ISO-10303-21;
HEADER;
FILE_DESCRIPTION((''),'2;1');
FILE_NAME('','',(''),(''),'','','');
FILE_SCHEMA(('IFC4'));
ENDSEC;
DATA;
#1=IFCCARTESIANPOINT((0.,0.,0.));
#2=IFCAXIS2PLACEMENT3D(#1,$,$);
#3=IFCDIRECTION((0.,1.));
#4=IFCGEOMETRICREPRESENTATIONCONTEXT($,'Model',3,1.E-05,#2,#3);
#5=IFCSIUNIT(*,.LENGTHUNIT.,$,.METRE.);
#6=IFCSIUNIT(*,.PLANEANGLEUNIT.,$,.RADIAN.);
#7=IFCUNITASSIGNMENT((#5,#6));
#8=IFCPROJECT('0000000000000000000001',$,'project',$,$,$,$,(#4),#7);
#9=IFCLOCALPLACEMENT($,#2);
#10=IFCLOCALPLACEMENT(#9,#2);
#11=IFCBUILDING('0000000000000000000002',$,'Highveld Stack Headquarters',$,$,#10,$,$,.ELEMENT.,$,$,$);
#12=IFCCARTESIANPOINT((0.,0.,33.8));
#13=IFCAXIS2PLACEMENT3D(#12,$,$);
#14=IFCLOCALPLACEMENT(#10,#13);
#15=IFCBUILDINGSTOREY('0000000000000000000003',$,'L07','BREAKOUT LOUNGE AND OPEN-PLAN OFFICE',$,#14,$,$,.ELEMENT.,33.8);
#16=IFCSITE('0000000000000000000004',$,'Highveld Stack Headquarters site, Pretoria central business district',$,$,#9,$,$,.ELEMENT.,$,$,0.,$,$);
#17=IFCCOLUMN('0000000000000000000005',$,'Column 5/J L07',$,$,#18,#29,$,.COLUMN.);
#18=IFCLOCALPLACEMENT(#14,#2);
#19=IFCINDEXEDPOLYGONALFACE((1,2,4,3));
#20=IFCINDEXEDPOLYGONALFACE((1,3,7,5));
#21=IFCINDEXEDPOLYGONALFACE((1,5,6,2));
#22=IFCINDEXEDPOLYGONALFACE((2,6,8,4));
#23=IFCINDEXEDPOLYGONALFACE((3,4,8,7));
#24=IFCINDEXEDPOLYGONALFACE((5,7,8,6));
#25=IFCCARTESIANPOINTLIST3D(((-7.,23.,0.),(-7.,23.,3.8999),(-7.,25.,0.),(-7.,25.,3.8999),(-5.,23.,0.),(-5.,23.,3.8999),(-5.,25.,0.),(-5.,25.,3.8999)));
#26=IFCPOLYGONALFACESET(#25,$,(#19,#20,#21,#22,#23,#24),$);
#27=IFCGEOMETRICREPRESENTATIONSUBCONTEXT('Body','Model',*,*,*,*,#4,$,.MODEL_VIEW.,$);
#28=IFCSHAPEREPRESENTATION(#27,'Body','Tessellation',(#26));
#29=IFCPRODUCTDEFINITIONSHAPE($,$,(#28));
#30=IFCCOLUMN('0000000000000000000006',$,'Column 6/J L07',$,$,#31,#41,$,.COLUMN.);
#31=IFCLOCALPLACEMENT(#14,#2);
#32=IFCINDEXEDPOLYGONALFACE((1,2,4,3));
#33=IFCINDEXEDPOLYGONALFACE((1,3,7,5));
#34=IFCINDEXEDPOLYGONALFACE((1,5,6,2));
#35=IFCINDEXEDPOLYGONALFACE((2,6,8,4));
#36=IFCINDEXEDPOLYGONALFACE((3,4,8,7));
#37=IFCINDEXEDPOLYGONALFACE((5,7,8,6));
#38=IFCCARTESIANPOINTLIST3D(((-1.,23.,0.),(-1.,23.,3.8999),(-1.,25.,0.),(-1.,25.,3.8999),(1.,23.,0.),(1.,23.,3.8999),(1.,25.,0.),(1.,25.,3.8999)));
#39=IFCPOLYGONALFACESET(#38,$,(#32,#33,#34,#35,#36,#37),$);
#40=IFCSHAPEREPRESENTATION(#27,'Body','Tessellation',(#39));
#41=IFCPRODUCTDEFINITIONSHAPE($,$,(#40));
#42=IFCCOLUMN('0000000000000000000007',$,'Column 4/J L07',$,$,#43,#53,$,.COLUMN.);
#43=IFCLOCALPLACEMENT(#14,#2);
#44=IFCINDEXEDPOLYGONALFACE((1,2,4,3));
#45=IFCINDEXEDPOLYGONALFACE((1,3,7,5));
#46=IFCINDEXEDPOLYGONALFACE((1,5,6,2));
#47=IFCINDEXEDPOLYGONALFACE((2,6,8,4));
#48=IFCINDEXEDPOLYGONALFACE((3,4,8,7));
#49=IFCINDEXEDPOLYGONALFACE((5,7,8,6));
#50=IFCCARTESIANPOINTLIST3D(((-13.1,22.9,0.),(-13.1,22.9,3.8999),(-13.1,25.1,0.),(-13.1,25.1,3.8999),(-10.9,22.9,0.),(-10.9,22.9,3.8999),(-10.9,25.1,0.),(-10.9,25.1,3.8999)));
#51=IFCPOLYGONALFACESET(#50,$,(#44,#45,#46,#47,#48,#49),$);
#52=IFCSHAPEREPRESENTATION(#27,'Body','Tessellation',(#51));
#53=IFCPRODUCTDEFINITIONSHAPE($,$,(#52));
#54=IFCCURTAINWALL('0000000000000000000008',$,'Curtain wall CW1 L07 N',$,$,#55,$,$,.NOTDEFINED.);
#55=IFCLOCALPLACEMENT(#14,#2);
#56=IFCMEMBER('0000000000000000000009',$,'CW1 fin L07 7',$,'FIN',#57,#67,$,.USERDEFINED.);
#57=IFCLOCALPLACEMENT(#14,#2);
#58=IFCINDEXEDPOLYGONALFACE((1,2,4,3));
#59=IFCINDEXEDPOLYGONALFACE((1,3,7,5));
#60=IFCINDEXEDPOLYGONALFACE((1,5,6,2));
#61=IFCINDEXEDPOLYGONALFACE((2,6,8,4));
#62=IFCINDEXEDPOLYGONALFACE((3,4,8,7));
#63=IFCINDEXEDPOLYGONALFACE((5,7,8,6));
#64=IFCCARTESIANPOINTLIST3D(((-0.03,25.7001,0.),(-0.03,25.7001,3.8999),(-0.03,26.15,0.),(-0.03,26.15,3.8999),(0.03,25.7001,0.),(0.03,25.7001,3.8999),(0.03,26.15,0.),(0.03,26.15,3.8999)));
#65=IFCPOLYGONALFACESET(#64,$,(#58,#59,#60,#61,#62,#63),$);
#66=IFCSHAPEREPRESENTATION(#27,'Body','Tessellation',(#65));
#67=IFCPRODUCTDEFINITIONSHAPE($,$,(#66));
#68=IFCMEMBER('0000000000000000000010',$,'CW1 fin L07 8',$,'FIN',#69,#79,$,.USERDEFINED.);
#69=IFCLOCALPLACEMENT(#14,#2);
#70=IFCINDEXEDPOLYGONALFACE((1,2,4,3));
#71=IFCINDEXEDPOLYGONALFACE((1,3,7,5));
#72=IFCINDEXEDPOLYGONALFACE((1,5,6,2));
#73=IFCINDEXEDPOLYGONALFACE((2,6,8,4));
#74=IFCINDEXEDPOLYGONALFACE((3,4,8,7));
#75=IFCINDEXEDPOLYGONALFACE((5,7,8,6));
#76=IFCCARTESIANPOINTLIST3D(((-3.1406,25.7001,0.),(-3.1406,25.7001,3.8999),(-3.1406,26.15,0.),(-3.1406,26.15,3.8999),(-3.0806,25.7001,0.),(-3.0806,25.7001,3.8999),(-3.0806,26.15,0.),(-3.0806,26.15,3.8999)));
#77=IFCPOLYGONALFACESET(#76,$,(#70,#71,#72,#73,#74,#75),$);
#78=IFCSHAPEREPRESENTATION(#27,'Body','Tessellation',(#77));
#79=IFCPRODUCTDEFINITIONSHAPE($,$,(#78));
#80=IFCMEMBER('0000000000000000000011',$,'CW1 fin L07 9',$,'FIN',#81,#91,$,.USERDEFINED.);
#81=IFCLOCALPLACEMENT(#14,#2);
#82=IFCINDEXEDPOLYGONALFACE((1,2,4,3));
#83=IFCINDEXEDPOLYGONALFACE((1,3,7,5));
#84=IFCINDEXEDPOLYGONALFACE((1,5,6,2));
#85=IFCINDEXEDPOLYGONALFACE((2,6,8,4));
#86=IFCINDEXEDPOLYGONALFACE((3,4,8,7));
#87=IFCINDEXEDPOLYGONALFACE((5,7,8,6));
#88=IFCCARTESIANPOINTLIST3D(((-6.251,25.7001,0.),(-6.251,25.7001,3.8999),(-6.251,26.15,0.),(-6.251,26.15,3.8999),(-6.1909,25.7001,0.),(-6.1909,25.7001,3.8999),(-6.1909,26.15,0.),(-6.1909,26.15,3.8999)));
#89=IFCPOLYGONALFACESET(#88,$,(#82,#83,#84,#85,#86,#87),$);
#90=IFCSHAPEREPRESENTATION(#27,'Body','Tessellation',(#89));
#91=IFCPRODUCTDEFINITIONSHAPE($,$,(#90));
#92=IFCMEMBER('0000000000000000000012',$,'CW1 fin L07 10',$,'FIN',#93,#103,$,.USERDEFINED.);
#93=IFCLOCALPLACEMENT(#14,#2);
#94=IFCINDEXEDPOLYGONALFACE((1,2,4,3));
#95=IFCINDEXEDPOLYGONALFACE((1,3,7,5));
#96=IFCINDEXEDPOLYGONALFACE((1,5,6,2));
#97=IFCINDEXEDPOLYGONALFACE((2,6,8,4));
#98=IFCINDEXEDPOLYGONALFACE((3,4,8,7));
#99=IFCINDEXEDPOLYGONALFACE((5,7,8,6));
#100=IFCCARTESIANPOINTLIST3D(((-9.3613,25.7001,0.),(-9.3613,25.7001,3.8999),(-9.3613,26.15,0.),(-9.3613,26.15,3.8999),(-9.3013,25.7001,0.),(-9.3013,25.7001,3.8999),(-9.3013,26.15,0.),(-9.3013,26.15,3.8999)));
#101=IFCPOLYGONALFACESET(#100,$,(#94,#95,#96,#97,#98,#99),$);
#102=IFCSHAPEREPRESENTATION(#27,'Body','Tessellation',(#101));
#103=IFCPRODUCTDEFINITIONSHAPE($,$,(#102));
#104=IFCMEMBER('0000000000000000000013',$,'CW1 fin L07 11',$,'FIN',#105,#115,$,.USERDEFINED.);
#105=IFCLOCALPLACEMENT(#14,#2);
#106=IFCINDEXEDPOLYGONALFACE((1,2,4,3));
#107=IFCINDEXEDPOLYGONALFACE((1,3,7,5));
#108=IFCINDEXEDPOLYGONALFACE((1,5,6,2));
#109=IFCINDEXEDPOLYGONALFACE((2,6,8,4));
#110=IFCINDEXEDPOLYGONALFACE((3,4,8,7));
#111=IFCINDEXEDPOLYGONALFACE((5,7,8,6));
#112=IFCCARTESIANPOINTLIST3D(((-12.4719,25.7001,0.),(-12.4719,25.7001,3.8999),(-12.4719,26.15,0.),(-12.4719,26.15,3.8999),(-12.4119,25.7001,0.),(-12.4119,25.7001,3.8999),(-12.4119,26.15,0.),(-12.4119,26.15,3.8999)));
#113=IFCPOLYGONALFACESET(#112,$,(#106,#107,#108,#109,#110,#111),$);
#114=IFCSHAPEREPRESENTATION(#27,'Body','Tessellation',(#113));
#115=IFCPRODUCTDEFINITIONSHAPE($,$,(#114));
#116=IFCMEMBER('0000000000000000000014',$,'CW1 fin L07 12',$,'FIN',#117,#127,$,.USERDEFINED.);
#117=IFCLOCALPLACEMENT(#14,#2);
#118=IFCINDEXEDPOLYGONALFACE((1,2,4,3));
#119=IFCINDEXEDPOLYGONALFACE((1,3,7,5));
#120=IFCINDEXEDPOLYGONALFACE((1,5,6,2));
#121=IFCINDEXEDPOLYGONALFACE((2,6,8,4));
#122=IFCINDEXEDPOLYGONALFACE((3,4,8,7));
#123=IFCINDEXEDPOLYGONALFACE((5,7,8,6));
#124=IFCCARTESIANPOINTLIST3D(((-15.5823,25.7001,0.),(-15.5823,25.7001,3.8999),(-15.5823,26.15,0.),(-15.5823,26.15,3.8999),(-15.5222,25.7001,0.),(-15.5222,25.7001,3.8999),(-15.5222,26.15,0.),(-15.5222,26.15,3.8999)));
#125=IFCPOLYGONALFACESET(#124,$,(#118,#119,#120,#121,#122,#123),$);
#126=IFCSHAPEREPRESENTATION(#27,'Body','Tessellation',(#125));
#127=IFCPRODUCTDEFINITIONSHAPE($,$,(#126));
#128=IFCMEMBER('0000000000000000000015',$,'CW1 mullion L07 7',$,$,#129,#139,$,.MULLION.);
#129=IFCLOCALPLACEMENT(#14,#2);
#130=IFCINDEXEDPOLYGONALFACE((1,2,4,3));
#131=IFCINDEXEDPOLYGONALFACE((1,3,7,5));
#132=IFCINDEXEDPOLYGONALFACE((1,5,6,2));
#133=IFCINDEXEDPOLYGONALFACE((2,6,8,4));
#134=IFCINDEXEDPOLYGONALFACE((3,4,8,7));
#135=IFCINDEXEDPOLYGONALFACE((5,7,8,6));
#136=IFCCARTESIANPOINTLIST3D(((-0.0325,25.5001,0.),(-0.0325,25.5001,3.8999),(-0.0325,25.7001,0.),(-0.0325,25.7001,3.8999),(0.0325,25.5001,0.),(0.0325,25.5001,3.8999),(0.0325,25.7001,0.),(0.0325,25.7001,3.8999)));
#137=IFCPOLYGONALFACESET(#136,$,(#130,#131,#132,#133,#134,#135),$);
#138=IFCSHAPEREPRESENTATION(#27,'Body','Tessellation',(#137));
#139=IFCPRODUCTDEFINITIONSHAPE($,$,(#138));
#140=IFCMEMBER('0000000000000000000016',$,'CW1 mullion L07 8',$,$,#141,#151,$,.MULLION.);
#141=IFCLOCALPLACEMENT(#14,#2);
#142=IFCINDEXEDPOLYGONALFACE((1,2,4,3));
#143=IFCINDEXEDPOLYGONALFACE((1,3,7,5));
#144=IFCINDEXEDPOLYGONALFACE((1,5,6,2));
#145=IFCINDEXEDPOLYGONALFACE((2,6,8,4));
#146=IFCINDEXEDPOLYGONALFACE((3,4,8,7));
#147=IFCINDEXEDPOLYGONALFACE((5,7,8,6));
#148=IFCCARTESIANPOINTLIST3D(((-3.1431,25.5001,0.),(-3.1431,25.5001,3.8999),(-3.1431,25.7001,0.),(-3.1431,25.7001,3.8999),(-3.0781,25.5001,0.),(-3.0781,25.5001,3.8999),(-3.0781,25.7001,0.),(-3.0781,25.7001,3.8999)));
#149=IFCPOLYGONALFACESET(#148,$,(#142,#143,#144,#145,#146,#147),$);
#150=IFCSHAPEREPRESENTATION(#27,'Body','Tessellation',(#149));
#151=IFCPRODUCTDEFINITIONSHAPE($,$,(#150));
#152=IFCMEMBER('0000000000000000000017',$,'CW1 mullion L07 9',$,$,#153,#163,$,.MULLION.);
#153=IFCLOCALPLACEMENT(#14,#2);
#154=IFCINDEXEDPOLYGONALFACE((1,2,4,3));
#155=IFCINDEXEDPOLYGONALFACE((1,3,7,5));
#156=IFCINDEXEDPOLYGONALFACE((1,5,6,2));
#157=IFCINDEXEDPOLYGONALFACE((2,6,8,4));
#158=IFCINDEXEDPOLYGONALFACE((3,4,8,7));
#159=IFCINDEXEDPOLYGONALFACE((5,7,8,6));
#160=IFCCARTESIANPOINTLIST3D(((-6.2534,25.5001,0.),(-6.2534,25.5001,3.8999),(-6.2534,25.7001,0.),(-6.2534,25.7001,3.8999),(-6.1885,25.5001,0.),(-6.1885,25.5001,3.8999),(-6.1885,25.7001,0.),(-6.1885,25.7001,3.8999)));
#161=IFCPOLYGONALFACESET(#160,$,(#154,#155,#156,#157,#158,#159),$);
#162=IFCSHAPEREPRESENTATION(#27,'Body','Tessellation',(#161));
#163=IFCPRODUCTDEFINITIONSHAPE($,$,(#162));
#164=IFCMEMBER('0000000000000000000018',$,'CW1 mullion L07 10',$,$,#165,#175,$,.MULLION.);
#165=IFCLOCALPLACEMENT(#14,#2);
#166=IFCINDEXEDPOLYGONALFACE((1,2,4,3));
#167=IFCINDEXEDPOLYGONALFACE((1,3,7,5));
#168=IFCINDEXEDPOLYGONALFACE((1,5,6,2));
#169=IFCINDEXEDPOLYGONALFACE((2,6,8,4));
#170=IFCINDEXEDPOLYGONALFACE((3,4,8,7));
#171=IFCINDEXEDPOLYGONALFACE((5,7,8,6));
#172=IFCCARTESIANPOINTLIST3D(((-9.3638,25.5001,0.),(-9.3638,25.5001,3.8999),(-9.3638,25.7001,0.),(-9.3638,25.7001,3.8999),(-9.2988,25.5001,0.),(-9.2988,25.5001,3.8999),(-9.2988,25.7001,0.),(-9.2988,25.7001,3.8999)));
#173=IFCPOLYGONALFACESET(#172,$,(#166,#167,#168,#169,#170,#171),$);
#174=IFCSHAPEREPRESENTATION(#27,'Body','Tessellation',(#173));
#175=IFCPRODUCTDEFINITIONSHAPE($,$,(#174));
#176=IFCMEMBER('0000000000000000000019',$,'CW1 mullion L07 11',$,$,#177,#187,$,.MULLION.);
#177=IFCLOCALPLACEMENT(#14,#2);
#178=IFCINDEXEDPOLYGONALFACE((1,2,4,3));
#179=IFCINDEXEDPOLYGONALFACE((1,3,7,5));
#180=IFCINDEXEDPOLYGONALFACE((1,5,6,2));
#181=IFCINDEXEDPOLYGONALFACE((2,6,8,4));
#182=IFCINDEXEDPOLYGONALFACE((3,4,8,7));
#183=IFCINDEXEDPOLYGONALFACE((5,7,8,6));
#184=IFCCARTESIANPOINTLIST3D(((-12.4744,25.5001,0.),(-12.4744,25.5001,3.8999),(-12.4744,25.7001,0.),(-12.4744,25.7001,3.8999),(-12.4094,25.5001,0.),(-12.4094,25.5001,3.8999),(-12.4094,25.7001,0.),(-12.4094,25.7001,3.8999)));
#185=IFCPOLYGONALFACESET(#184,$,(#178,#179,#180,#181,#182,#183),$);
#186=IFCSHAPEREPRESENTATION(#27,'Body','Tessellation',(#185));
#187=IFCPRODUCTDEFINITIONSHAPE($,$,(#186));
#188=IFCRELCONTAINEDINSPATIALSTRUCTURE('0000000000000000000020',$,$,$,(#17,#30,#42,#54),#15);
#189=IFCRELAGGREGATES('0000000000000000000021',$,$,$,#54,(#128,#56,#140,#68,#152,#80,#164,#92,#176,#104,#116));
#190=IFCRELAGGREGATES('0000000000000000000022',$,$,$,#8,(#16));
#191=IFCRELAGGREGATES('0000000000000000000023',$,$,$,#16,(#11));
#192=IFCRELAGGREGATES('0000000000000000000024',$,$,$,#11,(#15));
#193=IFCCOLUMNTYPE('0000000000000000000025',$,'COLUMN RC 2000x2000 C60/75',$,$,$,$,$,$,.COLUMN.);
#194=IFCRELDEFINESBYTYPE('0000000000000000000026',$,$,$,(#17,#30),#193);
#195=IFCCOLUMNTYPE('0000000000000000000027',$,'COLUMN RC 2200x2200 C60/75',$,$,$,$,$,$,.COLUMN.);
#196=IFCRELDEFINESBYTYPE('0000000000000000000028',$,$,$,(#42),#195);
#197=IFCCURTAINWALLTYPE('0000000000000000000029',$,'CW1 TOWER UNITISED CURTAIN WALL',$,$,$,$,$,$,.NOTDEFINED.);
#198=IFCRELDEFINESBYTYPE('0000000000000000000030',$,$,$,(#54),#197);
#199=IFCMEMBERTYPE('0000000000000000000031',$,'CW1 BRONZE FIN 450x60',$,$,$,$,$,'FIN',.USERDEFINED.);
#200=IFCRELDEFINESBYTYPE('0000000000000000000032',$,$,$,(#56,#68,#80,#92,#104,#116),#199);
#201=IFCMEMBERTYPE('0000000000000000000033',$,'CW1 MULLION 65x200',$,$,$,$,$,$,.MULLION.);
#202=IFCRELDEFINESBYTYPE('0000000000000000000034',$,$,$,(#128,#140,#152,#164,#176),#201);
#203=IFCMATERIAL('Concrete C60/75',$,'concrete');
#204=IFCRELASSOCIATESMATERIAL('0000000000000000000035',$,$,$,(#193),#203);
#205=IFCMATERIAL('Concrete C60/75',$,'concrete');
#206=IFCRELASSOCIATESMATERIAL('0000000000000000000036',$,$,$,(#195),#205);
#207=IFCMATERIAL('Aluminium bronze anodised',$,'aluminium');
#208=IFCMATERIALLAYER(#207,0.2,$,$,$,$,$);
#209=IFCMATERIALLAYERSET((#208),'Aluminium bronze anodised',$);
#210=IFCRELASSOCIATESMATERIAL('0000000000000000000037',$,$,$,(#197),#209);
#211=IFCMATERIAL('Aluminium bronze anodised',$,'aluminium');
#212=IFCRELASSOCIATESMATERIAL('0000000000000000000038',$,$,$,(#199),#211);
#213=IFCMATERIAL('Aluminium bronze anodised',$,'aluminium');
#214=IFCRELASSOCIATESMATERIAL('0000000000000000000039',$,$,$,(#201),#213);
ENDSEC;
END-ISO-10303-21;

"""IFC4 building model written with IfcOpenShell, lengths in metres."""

from ifc_helpers import new_model, si_unit, direction, frame, origin, origin_2d, place, context, subcontext, project, spatial, rectangle, extrude, material, layer, layer_set, material_profile, profile_set, type_object, element, aggregate, save


model = new_model("IFC4")

# Units and contexts
model_context = context("Model", 3, precision=1e-05, world=origin(), true_north=direction((0.0, 1.0)))
body_context = subcontext(model_context, "Body", "Model", "MODEL_VIEW")
ifc_project = project(units=[si_unit("LENGTHUNIT", "METRE"), si_unit("PLANEANGLEUNIT", "RADIAN")], contexts=[model_context])

# Site, building, storey
site_placement = place(None, origin())
site = spatial("IfcSite", under=ifc_project, at=site_placement, Name="Highveld Stack Headquarters site, Pretoria central business district", CompositionType="ELEMENT", RefElevation=0.0)
building_placement = place(site_placement, origin())
building = spatial("IfcBuilding", under=site, at=building_placement, Name="Highveld Stack Headquarters", CompositionType="ELEMENT")
storey_placement = place(building_placement, frame((0.0, 0.0, 33.8)))
storey = spatial("IfcBuildingStorey", under=building, at=storey_placement, Name="L07", Description="BREAKOUT LOUNGE AND OPEN-PLAN OFFICE", CompositionType="ELEMENT", Elevation=33.8)

# Columns
ifc_material_1 = material(Name="Concrete C60/75", Category="concrete")
ifc_material_profile_1 = material_profile(ifc_material_1, rectangle(XDim=2.0, YDim=2.0, at=origin_2d()), Name="RC 2000x2000")
ifc_profile_set_1 = profile_set([ifc_material_profile_1], Name="Concrete C60/75")
column_type_1 = type_object("IfcColumnType", Name="COLUMN RC 2000x2000 C60/75", PredefinedType="COLUMN", material=ifc_profile_set_1)
for number, where, z_axis, x_axis, name in (
    (1, (-6.0, 24.0, 0.0), (0.0, 0.0, 1.0), (1.0, 0.0, 0.0), "Column 5/J L07"),
    (2, (0.0, 24.0, 0.0), (0.0, 0.0, 1.0), (1.0, 0.0, 0.0), "Column 6/J L07"),
):
    element("IfcColumn", number, at=place(storey_placement, frame(where, z_axis=z_axis, x_axis=x_axis)), inside=storey, type_object=column_type_1, Name=name, PredefinedType="COLUMN", context=body_context, shape_type="SweptSolid", body=[
        extrude(rectangle(XDim=2.0, YDim=2.0, at=origin_2d()), origin(), (0.0, 0.0, 1.0), 3.8999),
    ])
ifc_material_2 = material(Name="Concrete C60/75", Category="concrete")
ifc_material_profile_2 = material_profile(ifc_material_2, rectangle(XDim=2.2, YDim=2.2, at=origin_2d()), Name="RC 2200x2200")
ifc_profile_set_2 = profile_set([ifc_material_profile_2], Name="Concrete C60/75")
column_type_2 = type_object("IfcColumnType", Name="COLUMN RC 2200x2200 C60/75", PredefinedType="COLUMN", material=ifc_profile_set_2)
column_placement = place(storey_placement, frame((-12.0, 24.0, 0.0), z_axis=(0.0, 0.0, 1.0), x_axis=(1.0, 0.0, 0.0)))
element("IfcColumn", 3, at=column_placement, inside=storey, type_object=column_type_2, Name="Column 4/J L07", PredefinedType="COLUMN", context=body_context, shape_type="SweptSolid", body=[
    extrude(rectangle(XDim=2.2, YDim=2.2, at=origin_2d()), origin(), (0.0, 0.0, 1.0), 3.8999),
])

# Curtain wall, members
ifc_material_3 = material(Name="Aluminium bronze anodised", Category="aluminium")
ifc_layer_1 = layer(ifc_material_3, 0.2)
ifc_layer_set_1 = layer_set([ifc_layer_1], Name="Aluminium bronze anodised")
curtain_wall_type = type_object("IfcCurtainWallType", Name="CW1 TOWER UNITISED CURTAIN WALL", PredefinedType="NOTDEFINED", material=ifc_layer_set_1)
curtain_wall_placement = place(storey_placement, origin())
curtain_wall = element("IfcCurtainWall", 4, at=curtain_wall_placement, inside=storey, type_object=curtain_wall_type, Name="Curtain wall CW1 L07 N", PredefinedType="NOTDEFINED")
ifc_material_4 = material(Name="Aluminium bronze anodised", Category="aluminium")
ifc_material_profile_3 = material_profile(ifc_material_4, rectangle(XDim=0.45, YDim=0.0601, at=origin_2d()), Name="FIN 450x60")
ifc_profile_set_3 = profile_set([ifc_material_profile_3], Name="Aluminium bronze anodised")
member_type_1 = type_object("IfcMemberType", Name="CW1 BRONZE FIN 450x60", ElementType="FIN", PredefinedType="USERDEFINED", material=ifc_profile_set_3)
member_1_placement = place(storey_placement, frame((0.0, 25.925, 0.0), z_axis=(0.0, 0.0, 1.0), x_axis=(0.0, -1.0, 0.0)))
member_1 = element("IfcMember", 5, at=member_1_placement, type_object=member_type_1, Name="CW1 fin L07 7", ObjectType="FIN", PredefinedType="USERDEFINED", context=body_context, shape_type="SweptSolid", body=[
    extrude(rectangle(XDim=0.45, YDim=0.0601, at=origin_2d()), origin(), (0.0, 0.0, 1.0), 3.8999),
])
member_2_placement = place(storey_placement, frame((-3.1106, 25.925, 0.0), z_axis=(0.0, 0.0, 1.0), x_axis=(0.0, -1.0, 0.0)))
member_2 = element("IfcMember", 6, at=member_2_placement, type_object=member_type_1, Name="CW1 fin L07 8", ObjectType="FIN", PredefinedType="USERDEFINED", context=body_context, shape_type="SweptSolid", body=[
    extrude(rectangle(XDim=0.45, YDim=0.0601, at=origin_2d()), origin(), (0.0, 0.0, 1.0), 3.8999),
])
member_3_placement = place(storey_placement, frame((-6.2209, 25.925, 0.0), z_axis=(0.0, 0.0, 1.0), x_axis=(0.0, -1.0, 0.0)))
member_3 = element("IfcMember", 7, at=member_3_placement, type_object=member_type_1, Name="CW1 fin L07 9", ObjectType="FIN", PredefinedType="USERDEFINED", context=body_context, shape_type="SweptSolid", body=[
    extrude(rectangle(XDim=0.45, YDim=0.0601, at=origin_2d()), origin(), (0.0, 0.0, 1.0), 3.8999),
])
member_4_placement = place(storey_placement, frame((-9.3313, 25.925, 0.0), z_axis=(0.0, 0.0, 1.0), x_axis=(0.0, -1.0, 0.0)))
member_4 = element("IfcMember", 8, at=member_4_placement, type_object=member_type_1, Name="CW1 fin L07 10", ObjectType="FIN", PredefinedType="USERDEFINED", context=body_context, shape_type="SweptSolid", body=[
    extrude(rectangle(XDim=0.45, YDim=0.0601, at=origin_2d()), origin(), (0.0, 0.0, 1.0), 3.8999),
])
member_5_placement = place(storey_placement, frame((-12.4419, 25.925, 0.0), z_axis=(0.0, 0.0, 1.0), x_axis=(0.0, -1.0, 0.0)))
member_5 = element("IfcMember", 9, at=member_5_placement, type_object=member_type_1, Name="CW1 fin L07 11", ObjectType="FIN", PredefinedType="USERDEFINED", context=body_context, shape_type="SweptSolid", body=[
    extrude(rectangle(XDim=0.45, YDim=0.0601, at=origin_2d()), origin(), (0.0, 0.0, 1.0), 3.8999),
])
member_6_placement = place(storey_placement, frame((-15.5522, 25.925, 0.0), z_axis=(0.0, 0.0, 1.0), x_axis=(0.0, -1.0, 0.0)))
member_6 = element("IfcMember", 10, at=member_6_placement, type_object=member_type_1, Name="CW1 fin L07 12", ObjectType="FIN", PredefinedType="USERDEFINED", context=body_context, shape_type="SweptSolid", body=[
    extrude(rectangle(XDim=0.45, YDim=0.0601, at=origin_2d()), origin(), (0.0, 0.0, 1.0), 3.8999),
])
ifc_material_5 = material(Name="Aluminium bronze anodised", Category="aluminium")
ifc_material_profile_4 = material_profile(ifc_material_5, rectangle(XDim=0.2, YDim=0.0649, at=origin_2d()), Name="CW1 MULLION 65x200")
ifc_profile_set_4 = profile_set([ifc_material_profile_4], Name="Aluminium bronze anodised")
member_type_2 = type_object("IfcMemberType", Name="CW1 MULLION 65x200", PredefinedType="MULLION", material=ifc_profile_set_4)
member_7_placement = place(storey_placement, frame((0.0, 25.6001, 0.0), z_axis=(0.0, 0.0, 1.0), x_axis=(0.0, -1.0, 0.0)))
member_7 = element("IfcMember", 11, at=member_7_placement, type_object=member_type_2, Name="CW1 mullion L07 7", PredefinedType="MULLION", context=body_context, shape_type="SweptSolid", body=[
    extrude(rectangle(XDim=0.2, YDim=0.0649, at=origin_2d()), origin(), (0.0, 0.0, 1.0), 3.8999),
])
member_8_placement = place(storey_placement, frame((-3.1106, 25.6001, 0.0), z_axis=(0.0, 0.0, 1.0), x_axis=(0.0, -1.0, 0.0)))
member_8 = element("IfcMember", 12, at=member_8_placement, type_object=member_type_2, Name="CW1 mullion L07 8", PredefinedType="MULLION", context=body_context, shape_type="SweptSolid", body=[
    extrude(rectangle(XDim=0.2, YDim=0.0649, at=origin_2d()), origin(), (0.0, 0.0, 1.0), 3.8999),
])
member_9_placement = place(storey_placement, frame((-6.2209, 25.6001, 0.0), z_axis=(0.0, 0.0, 1.0), x_axis=(0.0, -1.0, 0.0)))
member_9 = element("IfcMember", 13, at=member_9_placement, type_object=member_type_2, Name="CW1 mullion L07 9", PredefinedType="MULLION", context=body_context, shape_type="SweptSolid", body=[
    extrude(rectangle(XDim=0.2, YDim=0.0649, at=origin_2d()), origin(), (0.0, 0.0, 1.0), 3.8999),
])
member_10_placement = place(storey_placement, frame((-9.3313, 25.6001, 0.0), z_axis=(0.0, 0.0, 1.0), x_axis=(0.0, -1.0, 0.0)))
member_10 = element("IfcMember", 14, at=member_10_placement, type_object=member_type_2, Name="CW1 mullion L07 10", PredefinedType="MULLION", context=body_context, shape_type="SweptSolid", body=[
    extrude(rectangle(XDim=0.2, YDim=0.0649, at=origin_2d()), origin(), (0.0, 0.0, 1.0), 3.8999),
])
member_11_placement = place(storey_placement, frame((-12.4419, 25.6001, 0.0), z_axis=(0.0, 0.0, 1.0), x_axis=(0.0, -1.0, 0.0)))
member_11 = element("IfcMember", 15, at=member_11_placement, type_object=member_type_2, Name="CW1 mullion L07 11", PredefinedType="MULLION", context=body_context, shape_type="SweptSolid", body=[
    extrude(rectangle(XDim=0.2, YDim=0.0649, at=origin_2d()), origin(), (0.0, 0.0, 1.0), 3.8999),
])
aggregate(curtain_wall, [member_7, member_1, member_8, member_2, member_9, member_3, member_10, member_4, member_11, member_5, member_6])

save(model, "model.ifc")
